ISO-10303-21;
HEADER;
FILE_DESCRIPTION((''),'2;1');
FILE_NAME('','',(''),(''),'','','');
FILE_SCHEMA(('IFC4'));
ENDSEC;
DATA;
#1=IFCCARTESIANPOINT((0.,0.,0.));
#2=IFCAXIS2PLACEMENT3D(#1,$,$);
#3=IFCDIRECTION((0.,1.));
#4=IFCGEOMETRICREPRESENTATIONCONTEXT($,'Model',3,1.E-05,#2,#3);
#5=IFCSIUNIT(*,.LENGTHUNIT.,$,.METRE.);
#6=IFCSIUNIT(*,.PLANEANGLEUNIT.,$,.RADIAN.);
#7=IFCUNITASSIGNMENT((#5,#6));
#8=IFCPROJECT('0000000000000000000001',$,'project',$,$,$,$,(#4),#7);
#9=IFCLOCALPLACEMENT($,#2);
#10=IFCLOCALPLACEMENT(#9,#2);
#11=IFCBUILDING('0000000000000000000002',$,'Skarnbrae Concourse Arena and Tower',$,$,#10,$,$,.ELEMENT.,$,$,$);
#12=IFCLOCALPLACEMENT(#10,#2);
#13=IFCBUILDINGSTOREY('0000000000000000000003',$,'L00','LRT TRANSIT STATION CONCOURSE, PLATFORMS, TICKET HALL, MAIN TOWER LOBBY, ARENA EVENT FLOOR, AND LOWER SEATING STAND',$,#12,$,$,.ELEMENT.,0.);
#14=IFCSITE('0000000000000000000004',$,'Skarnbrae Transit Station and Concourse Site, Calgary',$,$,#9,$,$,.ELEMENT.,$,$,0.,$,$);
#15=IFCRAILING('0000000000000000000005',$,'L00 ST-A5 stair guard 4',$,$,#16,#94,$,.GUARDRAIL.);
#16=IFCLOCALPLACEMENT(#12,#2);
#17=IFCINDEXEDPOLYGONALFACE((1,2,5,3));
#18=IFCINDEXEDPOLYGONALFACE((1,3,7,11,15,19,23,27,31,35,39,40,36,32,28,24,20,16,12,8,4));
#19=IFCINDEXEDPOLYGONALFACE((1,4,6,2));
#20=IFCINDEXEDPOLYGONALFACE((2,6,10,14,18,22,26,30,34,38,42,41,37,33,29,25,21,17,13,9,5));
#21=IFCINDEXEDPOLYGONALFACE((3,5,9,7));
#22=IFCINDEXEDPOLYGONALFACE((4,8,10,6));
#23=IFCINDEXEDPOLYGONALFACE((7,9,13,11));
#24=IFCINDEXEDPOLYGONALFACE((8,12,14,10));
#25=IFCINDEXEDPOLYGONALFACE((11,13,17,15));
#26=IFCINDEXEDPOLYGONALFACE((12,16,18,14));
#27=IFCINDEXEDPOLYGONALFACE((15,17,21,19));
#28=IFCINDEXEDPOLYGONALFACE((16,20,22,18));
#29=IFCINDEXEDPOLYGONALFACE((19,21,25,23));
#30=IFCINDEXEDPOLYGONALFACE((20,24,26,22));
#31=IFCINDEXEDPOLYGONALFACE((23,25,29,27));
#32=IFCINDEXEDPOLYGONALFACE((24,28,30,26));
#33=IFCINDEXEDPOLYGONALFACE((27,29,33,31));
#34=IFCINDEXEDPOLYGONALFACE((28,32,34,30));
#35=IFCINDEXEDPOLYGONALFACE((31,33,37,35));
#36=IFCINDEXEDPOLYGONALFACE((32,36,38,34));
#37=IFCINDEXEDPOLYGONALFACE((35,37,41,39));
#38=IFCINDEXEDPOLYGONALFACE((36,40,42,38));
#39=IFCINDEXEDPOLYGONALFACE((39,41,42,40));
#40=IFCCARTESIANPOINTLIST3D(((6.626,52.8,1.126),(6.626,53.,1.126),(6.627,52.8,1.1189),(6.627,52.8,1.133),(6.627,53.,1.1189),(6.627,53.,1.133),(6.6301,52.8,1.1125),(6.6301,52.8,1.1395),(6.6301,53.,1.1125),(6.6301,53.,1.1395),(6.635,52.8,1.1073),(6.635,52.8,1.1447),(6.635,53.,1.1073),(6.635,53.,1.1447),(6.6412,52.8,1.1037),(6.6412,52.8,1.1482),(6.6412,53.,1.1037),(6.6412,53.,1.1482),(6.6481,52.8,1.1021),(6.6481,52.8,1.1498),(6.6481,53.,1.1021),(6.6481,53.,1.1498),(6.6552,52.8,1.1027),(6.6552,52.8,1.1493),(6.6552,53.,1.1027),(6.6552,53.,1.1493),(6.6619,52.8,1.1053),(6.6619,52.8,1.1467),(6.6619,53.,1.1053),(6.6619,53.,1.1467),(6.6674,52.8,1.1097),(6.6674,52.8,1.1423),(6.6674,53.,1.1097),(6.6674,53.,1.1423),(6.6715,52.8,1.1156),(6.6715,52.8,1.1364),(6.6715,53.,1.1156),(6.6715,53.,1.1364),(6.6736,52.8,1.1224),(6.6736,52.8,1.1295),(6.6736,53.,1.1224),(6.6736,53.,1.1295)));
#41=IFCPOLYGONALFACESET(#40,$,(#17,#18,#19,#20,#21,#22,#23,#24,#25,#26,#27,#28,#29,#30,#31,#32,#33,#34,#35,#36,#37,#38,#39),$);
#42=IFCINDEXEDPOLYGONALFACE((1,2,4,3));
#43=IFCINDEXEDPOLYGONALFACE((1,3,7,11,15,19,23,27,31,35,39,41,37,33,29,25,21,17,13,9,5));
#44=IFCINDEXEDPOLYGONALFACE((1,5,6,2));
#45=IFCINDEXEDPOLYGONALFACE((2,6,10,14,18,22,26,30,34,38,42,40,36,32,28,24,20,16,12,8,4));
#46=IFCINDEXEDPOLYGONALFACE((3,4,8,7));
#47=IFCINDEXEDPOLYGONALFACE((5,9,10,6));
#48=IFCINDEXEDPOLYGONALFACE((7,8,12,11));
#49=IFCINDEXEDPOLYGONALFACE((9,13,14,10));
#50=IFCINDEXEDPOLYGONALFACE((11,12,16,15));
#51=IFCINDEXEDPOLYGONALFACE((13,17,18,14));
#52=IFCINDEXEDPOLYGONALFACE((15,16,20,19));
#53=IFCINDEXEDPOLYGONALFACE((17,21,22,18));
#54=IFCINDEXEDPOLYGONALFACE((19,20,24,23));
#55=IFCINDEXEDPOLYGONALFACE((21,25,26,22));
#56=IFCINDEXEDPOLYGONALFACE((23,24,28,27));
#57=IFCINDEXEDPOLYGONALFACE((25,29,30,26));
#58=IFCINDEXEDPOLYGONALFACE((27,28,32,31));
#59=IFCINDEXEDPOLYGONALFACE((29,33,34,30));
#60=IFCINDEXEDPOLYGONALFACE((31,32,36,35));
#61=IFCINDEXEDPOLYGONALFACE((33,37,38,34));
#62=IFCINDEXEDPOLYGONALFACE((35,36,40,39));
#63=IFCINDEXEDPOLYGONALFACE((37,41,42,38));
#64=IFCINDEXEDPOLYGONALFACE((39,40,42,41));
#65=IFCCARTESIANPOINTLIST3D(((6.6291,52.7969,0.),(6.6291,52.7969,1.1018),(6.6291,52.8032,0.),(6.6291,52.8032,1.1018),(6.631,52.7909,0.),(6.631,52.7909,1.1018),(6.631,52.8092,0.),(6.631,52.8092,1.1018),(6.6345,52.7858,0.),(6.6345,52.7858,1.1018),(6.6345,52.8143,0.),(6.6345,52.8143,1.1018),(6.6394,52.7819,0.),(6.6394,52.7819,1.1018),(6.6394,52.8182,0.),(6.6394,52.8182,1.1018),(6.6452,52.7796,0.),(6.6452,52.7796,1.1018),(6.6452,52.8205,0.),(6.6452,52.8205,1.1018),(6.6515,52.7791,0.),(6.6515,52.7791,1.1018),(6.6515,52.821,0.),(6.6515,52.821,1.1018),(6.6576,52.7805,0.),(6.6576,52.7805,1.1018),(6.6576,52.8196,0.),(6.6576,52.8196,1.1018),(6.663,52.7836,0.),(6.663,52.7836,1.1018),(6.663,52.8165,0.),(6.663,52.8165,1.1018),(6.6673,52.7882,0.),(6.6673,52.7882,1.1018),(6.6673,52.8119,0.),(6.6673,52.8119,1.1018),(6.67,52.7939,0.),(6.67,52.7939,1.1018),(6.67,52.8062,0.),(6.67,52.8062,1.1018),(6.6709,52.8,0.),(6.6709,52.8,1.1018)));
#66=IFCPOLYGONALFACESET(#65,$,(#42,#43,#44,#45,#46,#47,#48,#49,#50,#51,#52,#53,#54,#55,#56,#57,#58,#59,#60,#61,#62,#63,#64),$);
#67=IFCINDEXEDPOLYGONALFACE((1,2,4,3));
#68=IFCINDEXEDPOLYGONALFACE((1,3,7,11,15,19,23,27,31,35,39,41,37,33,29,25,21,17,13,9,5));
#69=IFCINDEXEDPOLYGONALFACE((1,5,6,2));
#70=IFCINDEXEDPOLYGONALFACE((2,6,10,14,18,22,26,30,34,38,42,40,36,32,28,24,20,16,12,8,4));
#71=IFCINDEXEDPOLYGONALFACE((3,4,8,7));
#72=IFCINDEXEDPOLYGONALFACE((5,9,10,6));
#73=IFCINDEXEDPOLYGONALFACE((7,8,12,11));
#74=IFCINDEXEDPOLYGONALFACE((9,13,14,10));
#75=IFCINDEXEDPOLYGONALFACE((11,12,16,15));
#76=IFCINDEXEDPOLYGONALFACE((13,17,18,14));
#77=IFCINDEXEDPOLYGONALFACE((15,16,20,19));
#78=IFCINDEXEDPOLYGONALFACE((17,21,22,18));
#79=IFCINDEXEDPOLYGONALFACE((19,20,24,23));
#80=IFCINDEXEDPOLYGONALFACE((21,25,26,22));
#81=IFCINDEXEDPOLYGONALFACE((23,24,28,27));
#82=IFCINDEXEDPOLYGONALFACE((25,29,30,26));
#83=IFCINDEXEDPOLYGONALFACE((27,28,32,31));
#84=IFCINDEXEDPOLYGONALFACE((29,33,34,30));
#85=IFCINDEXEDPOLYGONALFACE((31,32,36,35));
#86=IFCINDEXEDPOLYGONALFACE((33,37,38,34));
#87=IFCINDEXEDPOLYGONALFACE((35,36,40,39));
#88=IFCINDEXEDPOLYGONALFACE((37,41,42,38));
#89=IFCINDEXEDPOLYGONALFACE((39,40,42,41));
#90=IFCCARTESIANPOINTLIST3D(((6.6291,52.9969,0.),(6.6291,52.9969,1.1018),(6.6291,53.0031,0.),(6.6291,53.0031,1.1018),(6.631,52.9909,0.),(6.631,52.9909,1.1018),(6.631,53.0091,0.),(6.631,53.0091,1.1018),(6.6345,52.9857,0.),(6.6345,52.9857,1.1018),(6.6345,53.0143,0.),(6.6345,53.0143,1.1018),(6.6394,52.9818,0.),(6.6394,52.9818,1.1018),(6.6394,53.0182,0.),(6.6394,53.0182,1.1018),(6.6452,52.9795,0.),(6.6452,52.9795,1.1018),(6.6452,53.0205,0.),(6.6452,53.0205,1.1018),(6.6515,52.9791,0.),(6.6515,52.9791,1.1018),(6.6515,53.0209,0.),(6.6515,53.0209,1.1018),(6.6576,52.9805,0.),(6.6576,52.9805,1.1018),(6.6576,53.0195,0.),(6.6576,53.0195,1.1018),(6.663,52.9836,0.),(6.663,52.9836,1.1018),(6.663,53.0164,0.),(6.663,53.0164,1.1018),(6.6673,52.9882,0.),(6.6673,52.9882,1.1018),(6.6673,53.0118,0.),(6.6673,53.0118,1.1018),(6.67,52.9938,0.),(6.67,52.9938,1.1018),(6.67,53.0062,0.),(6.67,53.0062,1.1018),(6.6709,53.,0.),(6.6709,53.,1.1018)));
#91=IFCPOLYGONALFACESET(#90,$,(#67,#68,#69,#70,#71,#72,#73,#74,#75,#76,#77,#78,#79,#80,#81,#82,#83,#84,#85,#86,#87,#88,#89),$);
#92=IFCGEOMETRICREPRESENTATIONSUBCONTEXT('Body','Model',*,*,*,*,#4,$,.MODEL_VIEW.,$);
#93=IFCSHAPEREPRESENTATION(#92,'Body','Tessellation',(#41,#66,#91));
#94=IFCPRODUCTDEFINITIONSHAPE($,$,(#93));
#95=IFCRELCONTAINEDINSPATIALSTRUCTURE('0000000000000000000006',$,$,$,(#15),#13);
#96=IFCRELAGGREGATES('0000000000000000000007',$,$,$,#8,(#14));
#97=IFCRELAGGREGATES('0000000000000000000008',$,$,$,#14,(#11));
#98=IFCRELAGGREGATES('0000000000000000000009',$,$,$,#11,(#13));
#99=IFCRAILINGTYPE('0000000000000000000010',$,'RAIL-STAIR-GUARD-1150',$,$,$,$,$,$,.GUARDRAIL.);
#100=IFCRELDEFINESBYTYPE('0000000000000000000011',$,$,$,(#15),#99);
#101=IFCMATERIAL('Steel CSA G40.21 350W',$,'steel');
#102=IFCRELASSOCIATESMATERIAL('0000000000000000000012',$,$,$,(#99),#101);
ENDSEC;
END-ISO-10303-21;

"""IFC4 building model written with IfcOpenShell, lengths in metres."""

from ifc_helpers import new_model, si_unit, direction, frame, origin, origin_2d, place, context, subcontext, project, spatial, circle, extrude, material, type_object, element, save


model = new_model("IFC4")

# Units and contexts
model_context = context("Model", 3, precision=1e-05, world=origin(), true_north=direction((0.0, 1.0)))
body_context = subcontext(model_context, "Body", "Model", "MODEL_VIEW")
ifc_project = project(units=[si_unit("LENGTHUNIT", "METRE"), si_unit("PLANEANGLEUNIT", "RADIAN")], contexts=[model_context])

# Site, building, storey
site_placement = place(None, origin())
site = spatial("IfcSite", under=ifc_project, at=site_placement, Name="Skarnbrae Transit Station and Concourse Site, Calgary", CompositionType="ELEMENT", RefElevation=0.0)
building_placement = place(site_placement, origin())
building = spatial("IfcBuilding", under=site, at=building_placement, Name="Skarnbrae Concourse Arena and Tower", CompositionType="ELEMENT")
storey_placement = place(building_placement, origin())
storey = spatial("IfcBuildingStorey", under=building, at=storey_placement, Name="L00", Description="LRT TRANSIT STATION CONCOURSE, PLATFORMS, TICKET HALL, MAIN TOWER LOBBY, ARENA EVENT FLOOR, AND LOWER SEATING STAND", CompositionType="ELEMENT", Elevation=0.0)

# Shared definitions
ifc_material_1 = material(Name="Steel CSA G40.21 350W", Category="steel")

# Railing
railing_type_1 = type_object("IfcRailingType", Name="RAIL-STAIR-GUARD-1150", PredefinedType="GUARDRAIL", material=ifc_material_1)
railing_1_placement = place(storey_placement, frame((6.6499, 52.8, 0.0)))
element("IfcRailing", 1, at=railing_1_placement, inside=storey, type_object=railing_type_1, Name="L00 ST-A5 stair guard 4", PredefinedType="GUARDRAIL", context=body_context, shape_type="SweptSolid", body=[
    extrude(circle(Radius=0.0239, at=origin_2d()), frame((0.0, 0.0, 1.126), z_axis=(0.0, 1.0, 0.0), x_axis=(-1.0, 0.0, 0.0)), (0.0, 0.0, 1.0), 0.2),
    extrude(circle(Radius=0.021, at=origin_2d()), origin(), (0.0, 0.0, 1.0), 1.1018),
    extrude(circle(Radius=0.021, at=origin_2d()), frame((0.0, 0.2, 0.0)), (0.0, 0.0, 1.0), 1.1018),
])

save(model, "model.ifc")
